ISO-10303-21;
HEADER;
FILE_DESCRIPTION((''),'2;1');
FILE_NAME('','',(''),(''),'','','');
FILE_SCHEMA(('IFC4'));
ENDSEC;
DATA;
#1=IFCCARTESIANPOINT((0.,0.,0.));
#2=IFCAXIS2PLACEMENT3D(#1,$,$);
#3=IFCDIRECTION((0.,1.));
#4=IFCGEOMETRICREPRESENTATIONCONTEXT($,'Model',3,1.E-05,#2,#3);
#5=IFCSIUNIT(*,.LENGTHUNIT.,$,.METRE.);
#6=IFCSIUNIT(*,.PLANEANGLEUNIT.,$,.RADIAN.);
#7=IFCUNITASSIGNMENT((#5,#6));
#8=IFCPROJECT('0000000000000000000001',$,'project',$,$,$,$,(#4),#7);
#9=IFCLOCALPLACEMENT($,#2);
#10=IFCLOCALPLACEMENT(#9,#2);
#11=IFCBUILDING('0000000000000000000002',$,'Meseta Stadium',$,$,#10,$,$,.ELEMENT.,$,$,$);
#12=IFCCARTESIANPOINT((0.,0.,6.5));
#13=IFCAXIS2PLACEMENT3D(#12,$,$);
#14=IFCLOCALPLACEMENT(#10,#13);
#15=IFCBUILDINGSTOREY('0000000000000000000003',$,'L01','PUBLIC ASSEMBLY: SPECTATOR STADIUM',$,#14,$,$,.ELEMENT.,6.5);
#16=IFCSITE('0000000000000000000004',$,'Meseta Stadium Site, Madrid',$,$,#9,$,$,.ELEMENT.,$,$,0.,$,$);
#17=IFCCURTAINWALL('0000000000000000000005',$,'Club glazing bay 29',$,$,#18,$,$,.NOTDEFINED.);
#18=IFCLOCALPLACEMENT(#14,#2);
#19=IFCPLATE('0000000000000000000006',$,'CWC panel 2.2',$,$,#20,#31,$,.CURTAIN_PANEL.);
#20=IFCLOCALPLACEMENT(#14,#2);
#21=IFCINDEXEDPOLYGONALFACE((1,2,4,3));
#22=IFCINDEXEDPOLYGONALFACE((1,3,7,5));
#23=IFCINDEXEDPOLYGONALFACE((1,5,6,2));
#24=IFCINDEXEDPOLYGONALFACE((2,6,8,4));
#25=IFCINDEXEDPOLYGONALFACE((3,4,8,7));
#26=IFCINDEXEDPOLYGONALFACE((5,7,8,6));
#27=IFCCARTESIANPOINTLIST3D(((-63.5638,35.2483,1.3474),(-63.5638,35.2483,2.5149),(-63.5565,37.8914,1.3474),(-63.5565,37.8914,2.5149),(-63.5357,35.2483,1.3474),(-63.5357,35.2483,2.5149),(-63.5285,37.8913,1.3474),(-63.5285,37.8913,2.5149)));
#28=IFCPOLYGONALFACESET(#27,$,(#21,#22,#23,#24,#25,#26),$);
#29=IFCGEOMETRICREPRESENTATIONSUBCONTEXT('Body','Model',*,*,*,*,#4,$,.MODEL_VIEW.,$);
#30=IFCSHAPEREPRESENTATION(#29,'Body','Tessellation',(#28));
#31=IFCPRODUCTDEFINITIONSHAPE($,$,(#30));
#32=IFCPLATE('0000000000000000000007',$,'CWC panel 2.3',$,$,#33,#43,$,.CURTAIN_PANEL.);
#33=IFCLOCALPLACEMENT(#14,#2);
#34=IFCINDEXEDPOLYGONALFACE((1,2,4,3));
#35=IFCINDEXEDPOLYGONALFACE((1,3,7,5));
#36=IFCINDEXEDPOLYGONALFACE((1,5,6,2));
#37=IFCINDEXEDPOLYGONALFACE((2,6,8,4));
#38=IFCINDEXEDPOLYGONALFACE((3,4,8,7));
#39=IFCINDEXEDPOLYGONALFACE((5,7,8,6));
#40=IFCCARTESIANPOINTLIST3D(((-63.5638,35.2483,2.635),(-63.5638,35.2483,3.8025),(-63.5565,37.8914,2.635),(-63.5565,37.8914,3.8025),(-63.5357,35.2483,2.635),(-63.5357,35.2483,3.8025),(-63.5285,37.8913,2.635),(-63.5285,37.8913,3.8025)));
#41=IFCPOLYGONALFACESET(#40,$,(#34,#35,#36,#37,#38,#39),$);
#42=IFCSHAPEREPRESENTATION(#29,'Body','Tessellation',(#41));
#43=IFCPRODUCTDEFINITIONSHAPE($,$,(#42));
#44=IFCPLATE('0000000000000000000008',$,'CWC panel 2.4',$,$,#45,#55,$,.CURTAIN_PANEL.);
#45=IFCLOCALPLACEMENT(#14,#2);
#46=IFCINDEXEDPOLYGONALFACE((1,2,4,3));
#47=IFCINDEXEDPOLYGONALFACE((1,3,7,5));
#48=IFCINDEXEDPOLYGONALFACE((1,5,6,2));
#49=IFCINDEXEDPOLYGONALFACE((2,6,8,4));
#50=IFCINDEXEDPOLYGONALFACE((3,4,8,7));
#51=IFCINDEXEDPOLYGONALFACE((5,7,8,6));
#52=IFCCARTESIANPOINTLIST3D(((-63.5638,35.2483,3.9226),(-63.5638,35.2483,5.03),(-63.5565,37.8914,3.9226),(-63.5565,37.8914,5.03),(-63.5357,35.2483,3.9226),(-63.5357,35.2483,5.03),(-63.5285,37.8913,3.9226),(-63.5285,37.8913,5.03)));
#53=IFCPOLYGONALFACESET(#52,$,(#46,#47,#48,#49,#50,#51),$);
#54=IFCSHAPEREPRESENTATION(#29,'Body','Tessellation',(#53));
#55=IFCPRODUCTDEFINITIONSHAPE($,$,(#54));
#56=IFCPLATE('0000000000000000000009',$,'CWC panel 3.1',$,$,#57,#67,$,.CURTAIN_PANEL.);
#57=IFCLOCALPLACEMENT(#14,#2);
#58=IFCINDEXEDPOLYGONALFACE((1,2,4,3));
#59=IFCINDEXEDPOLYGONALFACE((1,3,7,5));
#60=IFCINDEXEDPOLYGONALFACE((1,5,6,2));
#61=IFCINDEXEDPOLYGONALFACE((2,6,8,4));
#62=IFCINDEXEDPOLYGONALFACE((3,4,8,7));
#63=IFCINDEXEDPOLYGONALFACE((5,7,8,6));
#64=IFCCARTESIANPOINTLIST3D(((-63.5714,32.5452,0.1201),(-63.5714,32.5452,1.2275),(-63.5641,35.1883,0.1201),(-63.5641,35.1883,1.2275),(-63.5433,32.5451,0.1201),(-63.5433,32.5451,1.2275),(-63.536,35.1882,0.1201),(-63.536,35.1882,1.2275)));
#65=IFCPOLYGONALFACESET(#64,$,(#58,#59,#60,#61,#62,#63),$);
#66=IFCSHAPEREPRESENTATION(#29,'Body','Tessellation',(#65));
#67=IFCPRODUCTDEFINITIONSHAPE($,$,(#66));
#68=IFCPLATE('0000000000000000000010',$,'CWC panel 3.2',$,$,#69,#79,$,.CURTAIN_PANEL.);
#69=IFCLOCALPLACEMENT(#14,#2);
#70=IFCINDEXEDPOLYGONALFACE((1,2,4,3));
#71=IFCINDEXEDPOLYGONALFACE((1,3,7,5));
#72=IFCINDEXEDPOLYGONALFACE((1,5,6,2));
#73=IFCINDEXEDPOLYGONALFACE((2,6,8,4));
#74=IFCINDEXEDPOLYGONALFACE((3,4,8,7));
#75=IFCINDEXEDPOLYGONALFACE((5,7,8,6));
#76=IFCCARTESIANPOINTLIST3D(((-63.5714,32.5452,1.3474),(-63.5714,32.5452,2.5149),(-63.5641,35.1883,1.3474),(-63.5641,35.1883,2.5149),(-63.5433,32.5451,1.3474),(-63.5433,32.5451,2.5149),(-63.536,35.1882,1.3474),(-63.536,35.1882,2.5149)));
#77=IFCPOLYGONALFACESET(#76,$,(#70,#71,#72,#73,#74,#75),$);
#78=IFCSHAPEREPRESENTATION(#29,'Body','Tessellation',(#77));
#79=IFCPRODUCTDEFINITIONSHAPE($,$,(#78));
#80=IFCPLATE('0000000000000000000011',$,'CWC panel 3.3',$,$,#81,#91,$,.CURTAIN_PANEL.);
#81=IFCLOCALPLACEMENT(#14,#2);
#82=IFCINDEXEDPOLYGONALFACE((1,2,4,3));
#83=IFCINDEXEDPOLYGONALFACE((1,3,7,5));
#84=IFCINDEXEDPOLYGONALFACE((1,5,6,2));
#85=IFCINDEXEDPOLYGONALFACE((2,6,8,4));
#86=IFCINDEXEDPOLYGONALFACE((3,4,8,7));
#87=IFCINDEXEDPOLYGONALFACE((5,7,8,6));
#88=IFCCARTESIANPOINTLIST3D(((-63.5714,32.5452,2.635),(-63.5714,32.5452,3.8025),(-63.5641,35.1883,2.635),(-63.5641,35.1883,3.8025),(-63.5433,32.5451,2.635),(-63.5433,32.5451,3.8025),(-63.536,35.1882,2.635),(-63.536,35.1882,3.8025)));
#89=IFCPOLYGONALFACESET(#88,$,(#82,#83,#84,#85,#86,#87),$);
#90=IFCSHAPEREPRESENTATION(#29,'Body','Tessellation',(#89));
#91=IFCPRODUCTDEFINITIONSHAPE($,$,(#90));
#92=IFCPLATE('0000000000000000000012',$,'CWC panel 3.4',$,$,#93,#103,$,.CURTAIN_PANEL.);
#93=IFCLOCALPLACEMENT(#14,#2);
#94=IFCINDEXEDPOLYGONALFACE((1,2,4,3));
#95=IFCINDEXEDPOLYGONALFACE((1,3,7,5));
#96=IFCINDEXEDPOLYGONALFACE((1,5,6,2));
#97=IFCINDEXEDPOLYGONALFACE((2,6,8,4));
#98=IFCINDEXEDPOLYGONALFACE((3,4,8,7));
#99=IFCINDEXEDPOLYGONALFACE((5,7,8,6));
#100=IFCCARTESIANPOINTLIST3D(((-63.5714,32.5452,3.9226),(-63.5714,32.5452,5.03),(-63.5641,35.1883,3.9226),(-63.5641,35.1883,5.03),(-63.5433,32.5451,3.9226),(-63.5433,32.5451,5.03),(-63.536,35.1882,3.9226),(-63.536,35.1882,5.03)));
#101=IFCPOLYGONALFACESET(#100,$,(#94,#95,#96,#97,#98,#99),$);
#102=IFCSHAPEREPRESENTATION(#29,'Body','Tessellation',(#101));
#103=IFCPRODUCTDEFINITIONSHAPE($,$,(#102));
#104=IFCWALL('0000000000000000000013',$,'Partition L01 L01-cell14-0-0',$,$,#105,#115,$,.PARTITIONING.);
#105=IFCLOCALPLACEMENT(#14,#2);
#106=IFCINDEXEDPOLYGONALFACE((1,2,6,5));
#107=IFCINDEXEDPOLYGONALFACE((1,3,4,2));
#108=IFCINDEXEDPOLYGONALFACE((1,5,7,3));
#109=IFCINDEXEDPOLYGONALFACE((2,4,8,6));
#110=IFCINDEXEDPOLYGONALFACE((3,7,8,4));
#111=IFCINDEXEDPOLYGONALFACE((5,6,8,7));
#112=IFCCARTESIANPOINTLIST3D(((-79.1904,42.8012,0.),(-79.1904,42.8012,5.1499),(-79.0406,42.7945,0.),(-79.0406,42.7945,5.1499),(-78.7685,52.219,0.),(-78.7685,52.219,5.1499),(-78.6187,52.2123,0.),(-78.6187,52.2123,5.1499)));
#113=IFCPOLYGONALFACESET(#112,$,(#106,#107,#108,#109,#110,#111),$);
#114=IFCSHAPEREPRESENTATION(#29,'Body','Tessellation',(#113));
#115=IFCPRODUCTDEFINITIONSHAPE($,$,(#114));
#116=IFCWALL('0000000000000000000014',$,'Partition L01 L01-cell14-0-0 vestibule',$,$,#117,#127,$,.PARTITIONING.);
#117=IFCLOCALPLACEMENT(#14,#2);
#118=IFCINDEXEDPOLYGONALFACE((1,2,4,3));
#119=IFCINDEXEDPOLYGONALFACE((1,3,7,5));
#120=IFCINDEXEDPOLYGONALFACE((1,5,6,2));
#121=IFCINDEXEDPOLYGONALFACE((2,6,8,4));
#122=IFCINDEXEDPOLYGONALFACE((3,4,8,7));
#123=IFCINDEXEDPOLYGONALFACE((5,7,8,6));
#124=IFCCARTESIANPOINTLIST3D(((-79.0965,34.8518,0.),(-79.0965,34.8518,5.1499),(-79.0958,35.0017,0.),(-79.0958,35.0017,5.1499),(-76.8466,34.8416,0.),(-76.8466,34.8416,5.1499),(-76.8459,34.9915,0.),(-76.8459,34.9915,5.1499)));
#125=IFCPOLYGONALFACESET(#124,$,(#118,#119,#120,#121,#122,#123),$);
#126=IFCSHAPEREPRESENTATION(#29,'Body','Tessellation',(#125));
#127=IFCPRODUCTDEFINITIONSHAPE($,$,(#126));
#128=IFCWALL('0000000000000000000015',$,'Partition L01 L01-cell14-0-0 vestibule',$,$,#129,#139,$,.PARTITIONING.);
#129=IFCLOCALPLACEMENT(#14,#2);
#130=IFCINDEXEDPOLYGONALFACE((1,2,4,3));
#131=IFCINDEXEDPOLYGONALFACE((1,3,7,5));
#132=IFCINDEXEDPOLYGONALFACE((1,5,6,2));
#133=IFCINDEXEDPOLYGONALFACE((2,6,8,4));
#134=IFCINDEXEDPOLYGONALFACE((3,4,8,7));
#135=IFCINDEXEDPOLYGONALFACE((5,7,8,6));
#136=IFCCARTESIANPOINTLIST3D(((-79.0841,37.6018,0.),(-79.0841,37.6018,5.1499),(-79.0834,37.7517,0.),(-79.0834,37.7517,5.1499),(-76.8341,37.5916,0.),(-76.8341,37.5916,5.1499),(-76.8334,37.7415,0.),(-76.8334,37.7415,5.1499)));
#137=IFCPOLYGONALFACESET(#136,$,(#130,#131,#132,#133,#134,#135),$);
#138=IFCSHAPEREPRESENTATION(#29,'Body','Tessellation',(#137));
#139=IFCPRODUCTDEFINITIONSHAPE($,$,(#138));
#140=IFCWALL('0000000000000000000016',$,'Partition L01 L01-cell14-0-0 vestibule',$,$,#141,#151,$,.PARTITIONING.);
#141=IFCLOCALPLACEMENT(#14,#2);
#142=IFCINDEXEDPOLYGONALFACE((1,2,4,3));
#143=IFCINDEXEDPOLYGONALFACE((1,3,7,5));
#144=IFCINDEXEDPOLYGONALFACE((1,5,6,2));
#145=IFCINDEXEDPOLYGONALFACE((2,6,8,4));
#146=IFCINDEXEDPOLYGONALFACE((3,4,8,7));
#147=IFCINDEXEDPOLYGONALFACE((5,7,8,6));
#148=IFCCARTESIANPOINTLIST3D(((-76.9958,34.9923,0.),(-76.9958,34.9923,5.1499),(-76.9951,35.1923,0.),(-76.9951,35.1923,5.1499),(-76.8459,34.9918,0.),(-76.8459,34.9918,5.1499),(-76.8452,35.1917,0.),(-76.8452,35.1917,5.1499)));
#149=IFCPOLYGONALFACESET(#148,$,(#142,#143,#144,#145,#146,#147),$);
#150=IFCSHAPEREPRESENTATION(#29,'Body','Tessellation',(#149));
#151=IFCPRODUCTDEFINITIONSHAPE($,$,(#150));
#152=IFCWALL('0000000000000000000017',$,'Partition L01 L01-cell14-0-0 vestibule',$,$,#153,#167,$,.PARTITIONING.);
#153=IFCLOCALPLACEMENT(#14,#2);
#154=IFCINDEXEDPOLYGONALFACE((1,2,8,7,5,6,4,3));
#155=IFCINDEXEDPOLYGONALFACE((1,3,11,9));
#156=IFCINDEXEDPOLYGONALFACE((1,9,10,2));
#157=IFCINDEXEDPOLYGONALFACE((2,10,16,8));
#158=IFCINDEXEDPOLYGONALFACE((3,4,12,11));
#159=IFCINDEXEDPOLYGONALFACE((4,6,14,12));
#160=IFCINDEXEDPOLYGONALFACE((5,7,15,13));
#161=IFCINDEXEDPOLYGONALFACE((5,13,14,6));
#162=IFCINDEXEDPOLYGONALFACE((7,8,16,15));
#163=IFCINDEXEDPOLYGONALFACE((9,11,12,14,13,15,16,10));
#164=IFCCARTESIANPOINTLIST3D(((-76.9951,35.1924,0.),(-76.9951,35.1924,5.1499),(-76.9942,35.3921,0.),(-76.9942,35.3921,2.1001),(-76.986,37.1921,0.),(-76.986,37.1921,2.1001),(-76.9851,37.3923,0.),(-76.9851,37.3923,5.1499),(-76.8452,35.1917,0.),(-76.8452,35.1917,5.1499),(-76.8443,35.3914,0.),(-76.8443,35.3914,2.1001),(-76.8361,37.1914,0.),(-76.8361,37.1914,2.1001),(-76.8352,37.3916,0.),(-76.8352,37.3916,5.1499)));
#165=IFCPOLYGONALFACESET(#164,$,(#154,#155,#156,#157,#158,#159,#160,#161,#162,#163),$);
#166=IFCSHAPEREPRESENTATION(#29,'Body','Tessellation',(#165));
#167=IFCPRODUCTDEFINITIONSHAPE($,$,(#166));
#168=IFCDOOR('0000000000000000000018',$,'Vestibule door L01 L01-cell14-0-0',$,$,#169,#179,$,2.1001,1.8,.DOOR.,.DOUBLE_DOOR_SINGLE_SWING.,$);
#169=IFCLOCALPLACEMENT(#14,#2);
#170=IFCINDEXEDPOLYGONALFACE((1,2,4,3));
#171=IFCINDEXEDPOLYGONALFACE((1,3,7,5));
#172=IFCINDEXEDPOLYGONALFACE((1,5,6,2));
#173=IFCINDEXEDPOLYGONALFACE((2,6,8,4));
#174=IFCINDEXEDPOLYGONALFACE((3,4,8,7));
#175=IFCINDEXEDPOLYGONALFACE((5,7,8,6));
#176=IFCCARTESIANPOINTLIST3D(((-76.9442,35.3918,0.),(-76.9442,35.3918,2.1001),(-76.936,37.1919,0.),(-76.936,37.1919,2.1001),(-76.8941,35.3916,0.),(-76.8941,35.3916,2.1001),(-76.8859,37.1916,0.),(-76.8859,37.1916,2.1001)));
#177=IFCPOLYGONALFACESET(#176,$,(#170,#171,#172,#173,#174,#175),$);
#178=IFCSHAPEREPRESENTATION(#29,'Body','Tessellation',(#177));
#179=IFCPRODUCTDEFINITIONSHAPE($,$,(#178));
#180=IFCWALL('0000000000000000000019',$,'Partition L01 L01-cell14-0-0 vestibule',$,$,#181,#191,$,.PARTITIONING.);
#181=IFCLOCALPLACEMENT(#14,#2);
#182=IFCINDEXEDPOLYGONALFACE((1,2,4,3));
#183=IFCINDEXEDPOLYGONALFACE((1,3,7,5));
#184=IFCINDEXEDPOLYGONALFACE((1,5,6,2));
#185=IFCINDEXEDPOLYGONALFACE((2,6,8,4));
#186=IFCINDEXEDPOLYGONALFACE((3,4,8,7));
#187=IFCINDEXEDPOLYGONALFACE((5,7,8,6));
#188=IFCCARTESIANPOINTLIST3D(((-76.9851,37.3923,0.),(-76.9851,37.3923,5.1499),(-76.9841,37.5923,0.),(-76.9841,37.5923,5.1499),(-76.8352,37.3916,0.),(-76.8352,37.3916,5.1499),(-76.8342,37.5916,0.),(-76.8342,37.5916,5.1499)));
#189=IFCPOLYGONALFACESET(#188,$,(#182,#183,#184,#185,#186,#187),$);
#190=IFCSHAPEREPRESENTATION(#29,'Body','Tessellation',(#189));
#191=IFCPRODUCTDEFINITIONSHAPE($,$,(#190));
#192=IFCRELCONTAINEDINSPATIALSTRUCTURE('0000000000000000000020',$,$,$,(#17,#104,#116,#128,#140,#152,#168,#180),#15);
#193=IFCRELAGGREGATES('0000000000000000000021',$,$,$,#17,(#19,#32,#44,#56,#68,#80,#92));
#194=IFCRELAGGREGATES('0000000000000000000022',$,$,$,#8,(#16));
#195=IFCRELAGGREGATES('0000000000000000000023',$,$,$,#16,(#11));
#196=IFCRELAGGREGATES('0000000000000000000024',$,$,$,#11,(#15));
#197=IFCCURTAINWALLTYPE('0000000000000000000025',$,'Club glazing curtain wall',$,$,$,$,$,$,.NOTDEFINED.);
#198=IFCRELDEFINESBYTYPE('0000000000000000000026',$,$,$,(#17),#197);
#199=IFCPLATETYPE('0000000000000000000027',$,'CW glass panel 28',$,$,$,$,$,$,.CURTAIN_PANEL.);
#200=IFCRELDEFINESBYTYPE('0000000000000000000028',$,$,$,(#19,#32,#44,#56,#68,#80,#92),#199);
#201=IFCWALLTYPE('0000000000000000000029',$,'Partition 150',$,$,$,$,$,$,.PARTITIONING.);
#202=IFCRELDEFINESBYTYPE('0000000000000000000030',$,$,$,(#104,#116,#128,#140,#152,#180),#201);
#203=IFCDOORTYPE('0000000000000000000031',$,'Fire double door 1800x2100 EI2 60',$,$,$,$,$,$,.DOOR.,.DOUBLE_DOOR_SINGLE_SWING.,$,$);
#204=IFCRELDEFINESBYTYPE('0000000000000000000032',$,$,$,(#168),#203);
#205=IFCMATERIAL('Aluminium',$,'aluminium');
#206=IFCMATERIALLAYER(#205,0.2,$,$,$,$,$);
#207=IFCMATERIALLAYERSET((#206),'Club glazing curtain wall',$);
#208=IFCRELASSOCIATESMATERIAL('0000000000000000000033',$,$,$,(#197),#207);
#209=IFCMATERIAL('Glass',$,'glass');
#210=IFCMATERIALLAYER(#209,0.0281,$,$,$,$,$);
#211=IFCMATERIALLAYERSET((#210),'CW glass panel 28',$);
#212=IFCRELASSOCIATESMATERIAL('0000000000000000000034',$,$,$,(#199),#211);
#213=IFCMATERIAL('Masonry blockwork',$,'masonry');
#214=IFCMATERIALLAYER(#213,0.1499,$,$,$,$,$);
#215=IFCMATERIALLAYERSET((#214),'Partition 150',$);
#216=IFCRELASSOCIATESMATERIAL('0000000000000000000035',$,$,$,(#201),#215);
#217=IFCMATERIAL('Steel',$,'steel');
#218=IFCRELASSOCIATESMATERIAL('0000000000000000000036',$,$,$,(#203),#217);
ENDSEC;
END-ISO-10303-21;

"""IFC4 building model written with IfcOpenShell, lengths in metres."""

from ifc_helpers import new_model, si_unit, direction, frame, frame_2d, origin, origin_2d, place, context, subcontext, project, spatial, rectangle, extrude, material, layer, layer_set, type_object, element, fill, aggregate, save


model = new_model("IFC4")

# Units and contexts
model_context = context("Model", 3, precision=1e-05, world=origin(), true_north=direction((0.0, 1.0)))
body_context = subcontext(model_context, "Body", "Model", "MODEL_VIEW")
ifc_project = project(units=[si_unit("LENGTHUNIT", "METRE"), si_unit("PLANEANGLEUNIT", "RADIAN")], contexts=[model_context])

# Site, building, storey
site_placement = place(None, origin())
site = spatial("IfcSite", under=ifc_project, at=site_placement, Name="Meseta Stadium Site, Madrid", CompositionType="ELEMENT", RefElevation=0.0)
building_placement = place(site_placement, origin())
building = spatial("IfcBuilding", under=site, at=building_placement, Name="Meseta Stadium", CompositionType="ELEMENT")
storey_placement = place(building_placement, frame((0.0, 0.0, 6.5)))
storey = spatial("IfcBuildingStorey", under=building, at=storey_placement, Name="L01", Description="PUBLIC ASSEMBLY: SPECTATOR STADIUM", CompositionType="ELEMENT", Elevation=6.5)

# Curtain wall
ifc_material_1 = material(Name="Aluminium", Category="aluminium")
ifc_layer_1 = layer(ifc_material_1, 0.2)
ifc_layer_set_1 = layer_set([ifc_layer_1], Name="Club glazing curtain wall")
curtain_wall_type = type_object("IfcCurtainWallType", Name="Club glazing curtain wall", PredefinedType="NOTDEFINED", material=ifc_layer_set_1)
curtain_wall_placement = place(storey_placement, origin())
curtain_wall = element("IfcCurtainWall", 1, at=curtain_wall_placement, inside=storey, type_object=curtain_wall_type, Name="Club glazing bay 29", PredefinedType="NOTDEFINED")

# Plates
ifc_material_2 = material(Name="Glass", Category="glass")
ifc_layer_2 = layer(ifc_material_2, 0.0281)
ifc_layer_set_2 = layer_set([ifc_layer_2], Name="CW glass panel 28")
plate_type = type_object("IfcPlateType", Name="CW glass panel 28", PredefinedType="CURTAIN_PANEL", material=ifc_layer_set_2)
plate_1_placement = place(storey_placement, frame((-63.5461, 36.5698, 1.3474), z_axis=(0.0, 0.0, 1.0), x_axis=(-0.002758, -0.999996, 0.0)))
plate_1 = element("IfcPlate", 2, at=plate_1_placement, type_object=plate_type, Name="CWC panel 2.2", PredefinedType="CURTAIN_PANEL", context=body_context, shape_type="SweptSolid", body=[
    extrude(rectangle(XDim=2.6431, YDim=0.0281, at=origin_2d()), origin(), (0.0, 0.0, 1.0), 1.1675),
])
plate_2_placement = place(storey_placement, frame((-63.5461, 36.5698, 2.635), z_axis=(0.0, 0.0, 1.0), x_axis=(-0.002758, -0.999996, 0.0)))
plate_2 = element("IfcPlate", 3, at=plate_2_placement, type_object=plate_type, Name="CWC panel 2.3", PredefinedType="CURTAIN_PANEL", context=body_context, shape_type="SweptSolid", body=[
    extrude(rectangle(XDim=2.6431, YDim=0.0281, at=origin_2d()), origin(), (0.0, 0.0, 1.0), 1.1675),
])
plate_3_placement = place(storey_placement, frame((-63.5461, 36.5698, 3.9226), z_axis=(0.0, 0.0, 1.0), x_axis=(-0.002758, -0.999996, 0.0)))
plate_3 = element("IfcPlate", 4, at=plate_3_placement, type_object=plate_type, Name="CWC panel 2.4", PredefinedType="CURTAIN_PANEL", context=body_context, shape_type="SweptSolid", body=[
    extrude(rectangle(XDim=2.6431, YDim=0.0281, at=origin_2d()), origin(), (0.0, 0.0, 1.0), 1.1074),
])
plate_4_placement = place(storey_placement, frame((-63.5537, 33.8667, 0.1201), z_axis=(0.0, 0.0, 1.0), x_axis=(-0.002758, -0.999996, 0.0)))
plate_4 = element("IfcPlate", 5, at=plate_4_placement, type_object=plate_type, Name="CWC panel 3.1", PredefinedType="CURTAIN_PANEL", context=body_context, shape_type="SweptSolid", body=[
    extrude(rectangle(XDim=2.6431, YDim=0.0281, at=origin_2d()), origin(), (0.0, 0.0, 1.0), 1.1074),
])
plate_5_placement = place(storey_placement, frame((-63.5537, 33.8667, 1.3474), z_axis=(0.0, 0.0, 1.0), x_axis=(-0.002758, -0.999996, 0.0)))
plate_5 = element("IfcPlate", 6, at=plate_5_placement, type_object=plate_type, Name="CWC panel 3.2", PredefinedType="CURTAIN_PANEL", context=body_context, shape_type="SweptSolid", body=[
    extrude(rectangle(XDim=2.6431, YDim=0.0281, at=origin_2d()), origin(), (0.0, 0.0, 1.0), 1.1675),
])
plate_6_placement = place(storey_placement, frame((-63.5537, 33.8667, 2.635), z_axis=(0.0, 0.0, 1.0), x_axis=(-0.002758, -0.999996, 0.0)))
plate_6 = element("IfcPlate", 7, at=plate_6_placement, type_object=plate_type, Name="CWC panel 3.3", PredefinedType="CURTAIN_PANEL", context=body_context, shape_type="SweptSolid", body=[
    extrude(rectangle(XDim=2.6431, YDim=0.0281, at=origin_2d()), origin(), (0.0, 0.0, 1.0), 1.1675),
])
plate_7_placement = place(storey_placement, frame((-63.5537, 33.8667, 3.9226), z_axis=(0.0, 0.0, 1.0), x_axis=(-0.002758, -0.999996, 0.0)))
plate_7 = element("IfcPlate", 8, at=plate_7_placement, type_object=plate_type, Name="CWC panel 3.4", PredefinedType="CURTAIN_PANEL", context=body_context, shape_type="SweptSolid", body=[
    extrude(rectangle(XDim=2.6431, YDim=0.0281, at=origin_2d()), origin(), (0.0, 0.0, 1.0), 1.1074),
])
aggregate(curtain_wall, [plate_1, plate_2, plate_3, plate_4, plate_5, plate_6, plate_7])

# Walls
ifc_material_3 = material(Name="Masonry blockwork", Category="masonry")
ifc_layer_3 = layer(ifc_material_3, 0.1499)
ifc_layer_set_3 = layer_set([ifc_layer_3], Name="Partition 150")
wall_type = type_object("IfcWallType", Name="Partition 150", PredefinedType="PARTITIONING", material=ifc_layer_set_3)
wall_1_placement = place(storey_placement, frame((-79.1155, 42.7979, 0.0), z_axis=(0.0, 0.0, 1.0), x_axis=(0.044751, 0.998998, 0.0)))
element("IfcWall", 9, at=wall_1_placement, inside=storey, type_object=wall_type, Name="Partition L01 L01-cell14-0-0", PredefinedType="PARTITIONING", context=body_context, shape_type="SweptSolid", body=[
    extrude(rectangle(XDim=9.4272, YDim=0.1499, at=frame_2d((4.7136, 0.0))), origin(), (0.0, 0.0, 1.0), 5.1499),
])
for number, where, z_axis, x_axis, name in (
    (10, (-79.0962, 34.9268, 0.0), (0.0, 0.0, 1.0), (0.99999, -0.004557, 0.0), "Partition L01 L01-cell14-0-0 vestibule"),
    (11, (-79.0837, 37.6768, 0.0), (0.0, 0.0, 1.0), (0.99999, -0.004557, 0.0), "Partition L01 L01-cell14-0-0 vestibule"),
):
    element("IfcWall", number, at=place(storey_placement, frame(where, z_axis=z_axis, x_axis=x_axis)), inside=storey, type_object=wall_type, Name=name, PredefinedType="PARTITIONING", context=body_context, shape_type="SweptSolid", body=[
        extrude(rectangle(XDim=2.25, YDim=0.1499, at=frame_2d((1.125, 0.0))), origin(), (0.0, 0.0, 1.0), 5.1499),
    ])
wall_2_placement = place(storey_placement, frame((-76.9209, 34.9919, 0.0), z_axis=(0.0, 0.0, 1.0), x_axis=(0.003663, 0.999993, 0.0)))
element("IfcWall", 12, at=wall_2_placement, inside=storey, type_object=wall_type, Name="Partition L01 L01-cell14-0-0 vestibule", PredefinedType="PARTITIONING", context=body_context, shape_type="SweptSolid", body=[
    extrude(rectangle(XDim=0.2, YDim=0.1499, at=frame_2d((0.1001, 0.0))), origin(), (0.0, 0.0, 1.0), 5.1499),
])

# Wall, opening, door
wall_3_placement = place(storey_placement, frame((-76.9202, 35.1919, 0.0), z_axis=(0.0, 0.0, 1.0), x_axis=(0.00455, 0.99999, 0.0)))
wall_3 = element("IfcWall", 13, at=wall_3_placement, inside=storey, type_object=wall_type, Name="Partition L01 L01-cell14-0-0 vestibule", PredefinedType="PARTITIONING", context=body_context, shape_type="SweptSolid", body=[
    extrude(rectangle(XDim=2.2, YDim=0.1499, at=frame_2d((1.1001, 0.0))), origin(), (0.0, 0.0, 1.0), 5.1499),
])
opening_placement = place(wall_3_placement, frame((0.2, 0.0, 0.0)))
opening = element("IfcOpeningElement", 14, at=opening_placement, cuts=wall_3, PredefinedType="OPENING", context=body_context, shape_type="SweptSolid", body=[
    extrude(rectangle(XDim=1.8, YDim=2.1001, at=frame_2d((0.8999, 1.05))), frame((0.0, 0.085, 0.0), z_axis=(0.0, -1.0, 0.0), x_axis=(1.0, 0.0, 0.0)), (0.0, 0.0, 1.0), 0.1699),
])
ifc_material_4 = material(Name="Steel", Category="steel")
door_type = type_object("IfcDoorType", Name="Fire double door 1800x2100 EI2 60", OperationType="DOUBLE_DOOR_SINGLE_SWING", PredefinedType="DOOR", material=ifc_material_4)
door_placement = place(opening_placement, origin())
door = element("IfcDoor", 15, at=door_placement, inside=storey, type_object=door_type, Name="Vestibule door L01 L01-cell14-0-0", OperationType="DOUBLE_DOOR_SINGLE_SWING", OverallHeight=2.1001, OverallWidth=1.8, PredefinedType="DOOR", context=body_context, shape_type="SweptSolid", body=[
    extrude(rectangle(XDim=1.8, YDim=2.1001, at=frame_2d((0.8999, 1.05))), frame((0.0, 0.0249, 0.0), z_axis=(0.0, -1.0, 0.0), x_axis=(1.0, 0.0, 0.0)), (0.0, 0.0, 1.0), 0.05),
])
fill(opening, door)

# Wall
wall_4_placement = place(storey_placement, frame((-76.9102, 37.3918, 0.0), z_axis=(0.0, 0.0, 1.0), x_axis=(0.004884, 0.999988, 0.0)))
element("IfcWall", 16, at=wall_4_placement, inside=storey, type_object=wall_type, Name="Partition L01 L01-cell14-0-0 vestibule", PredefinedType="PARTITIONING", context=body_context, shape_type="SweptSolid", body=[
    extrude(rectangle(XDim=0.2, YDim=0.1499, at=frame_2d((0.1001, 0.0))), origin(), (0.0, 0.0, 1.0), 5.1499),
])

save(model, "model.ifc")
